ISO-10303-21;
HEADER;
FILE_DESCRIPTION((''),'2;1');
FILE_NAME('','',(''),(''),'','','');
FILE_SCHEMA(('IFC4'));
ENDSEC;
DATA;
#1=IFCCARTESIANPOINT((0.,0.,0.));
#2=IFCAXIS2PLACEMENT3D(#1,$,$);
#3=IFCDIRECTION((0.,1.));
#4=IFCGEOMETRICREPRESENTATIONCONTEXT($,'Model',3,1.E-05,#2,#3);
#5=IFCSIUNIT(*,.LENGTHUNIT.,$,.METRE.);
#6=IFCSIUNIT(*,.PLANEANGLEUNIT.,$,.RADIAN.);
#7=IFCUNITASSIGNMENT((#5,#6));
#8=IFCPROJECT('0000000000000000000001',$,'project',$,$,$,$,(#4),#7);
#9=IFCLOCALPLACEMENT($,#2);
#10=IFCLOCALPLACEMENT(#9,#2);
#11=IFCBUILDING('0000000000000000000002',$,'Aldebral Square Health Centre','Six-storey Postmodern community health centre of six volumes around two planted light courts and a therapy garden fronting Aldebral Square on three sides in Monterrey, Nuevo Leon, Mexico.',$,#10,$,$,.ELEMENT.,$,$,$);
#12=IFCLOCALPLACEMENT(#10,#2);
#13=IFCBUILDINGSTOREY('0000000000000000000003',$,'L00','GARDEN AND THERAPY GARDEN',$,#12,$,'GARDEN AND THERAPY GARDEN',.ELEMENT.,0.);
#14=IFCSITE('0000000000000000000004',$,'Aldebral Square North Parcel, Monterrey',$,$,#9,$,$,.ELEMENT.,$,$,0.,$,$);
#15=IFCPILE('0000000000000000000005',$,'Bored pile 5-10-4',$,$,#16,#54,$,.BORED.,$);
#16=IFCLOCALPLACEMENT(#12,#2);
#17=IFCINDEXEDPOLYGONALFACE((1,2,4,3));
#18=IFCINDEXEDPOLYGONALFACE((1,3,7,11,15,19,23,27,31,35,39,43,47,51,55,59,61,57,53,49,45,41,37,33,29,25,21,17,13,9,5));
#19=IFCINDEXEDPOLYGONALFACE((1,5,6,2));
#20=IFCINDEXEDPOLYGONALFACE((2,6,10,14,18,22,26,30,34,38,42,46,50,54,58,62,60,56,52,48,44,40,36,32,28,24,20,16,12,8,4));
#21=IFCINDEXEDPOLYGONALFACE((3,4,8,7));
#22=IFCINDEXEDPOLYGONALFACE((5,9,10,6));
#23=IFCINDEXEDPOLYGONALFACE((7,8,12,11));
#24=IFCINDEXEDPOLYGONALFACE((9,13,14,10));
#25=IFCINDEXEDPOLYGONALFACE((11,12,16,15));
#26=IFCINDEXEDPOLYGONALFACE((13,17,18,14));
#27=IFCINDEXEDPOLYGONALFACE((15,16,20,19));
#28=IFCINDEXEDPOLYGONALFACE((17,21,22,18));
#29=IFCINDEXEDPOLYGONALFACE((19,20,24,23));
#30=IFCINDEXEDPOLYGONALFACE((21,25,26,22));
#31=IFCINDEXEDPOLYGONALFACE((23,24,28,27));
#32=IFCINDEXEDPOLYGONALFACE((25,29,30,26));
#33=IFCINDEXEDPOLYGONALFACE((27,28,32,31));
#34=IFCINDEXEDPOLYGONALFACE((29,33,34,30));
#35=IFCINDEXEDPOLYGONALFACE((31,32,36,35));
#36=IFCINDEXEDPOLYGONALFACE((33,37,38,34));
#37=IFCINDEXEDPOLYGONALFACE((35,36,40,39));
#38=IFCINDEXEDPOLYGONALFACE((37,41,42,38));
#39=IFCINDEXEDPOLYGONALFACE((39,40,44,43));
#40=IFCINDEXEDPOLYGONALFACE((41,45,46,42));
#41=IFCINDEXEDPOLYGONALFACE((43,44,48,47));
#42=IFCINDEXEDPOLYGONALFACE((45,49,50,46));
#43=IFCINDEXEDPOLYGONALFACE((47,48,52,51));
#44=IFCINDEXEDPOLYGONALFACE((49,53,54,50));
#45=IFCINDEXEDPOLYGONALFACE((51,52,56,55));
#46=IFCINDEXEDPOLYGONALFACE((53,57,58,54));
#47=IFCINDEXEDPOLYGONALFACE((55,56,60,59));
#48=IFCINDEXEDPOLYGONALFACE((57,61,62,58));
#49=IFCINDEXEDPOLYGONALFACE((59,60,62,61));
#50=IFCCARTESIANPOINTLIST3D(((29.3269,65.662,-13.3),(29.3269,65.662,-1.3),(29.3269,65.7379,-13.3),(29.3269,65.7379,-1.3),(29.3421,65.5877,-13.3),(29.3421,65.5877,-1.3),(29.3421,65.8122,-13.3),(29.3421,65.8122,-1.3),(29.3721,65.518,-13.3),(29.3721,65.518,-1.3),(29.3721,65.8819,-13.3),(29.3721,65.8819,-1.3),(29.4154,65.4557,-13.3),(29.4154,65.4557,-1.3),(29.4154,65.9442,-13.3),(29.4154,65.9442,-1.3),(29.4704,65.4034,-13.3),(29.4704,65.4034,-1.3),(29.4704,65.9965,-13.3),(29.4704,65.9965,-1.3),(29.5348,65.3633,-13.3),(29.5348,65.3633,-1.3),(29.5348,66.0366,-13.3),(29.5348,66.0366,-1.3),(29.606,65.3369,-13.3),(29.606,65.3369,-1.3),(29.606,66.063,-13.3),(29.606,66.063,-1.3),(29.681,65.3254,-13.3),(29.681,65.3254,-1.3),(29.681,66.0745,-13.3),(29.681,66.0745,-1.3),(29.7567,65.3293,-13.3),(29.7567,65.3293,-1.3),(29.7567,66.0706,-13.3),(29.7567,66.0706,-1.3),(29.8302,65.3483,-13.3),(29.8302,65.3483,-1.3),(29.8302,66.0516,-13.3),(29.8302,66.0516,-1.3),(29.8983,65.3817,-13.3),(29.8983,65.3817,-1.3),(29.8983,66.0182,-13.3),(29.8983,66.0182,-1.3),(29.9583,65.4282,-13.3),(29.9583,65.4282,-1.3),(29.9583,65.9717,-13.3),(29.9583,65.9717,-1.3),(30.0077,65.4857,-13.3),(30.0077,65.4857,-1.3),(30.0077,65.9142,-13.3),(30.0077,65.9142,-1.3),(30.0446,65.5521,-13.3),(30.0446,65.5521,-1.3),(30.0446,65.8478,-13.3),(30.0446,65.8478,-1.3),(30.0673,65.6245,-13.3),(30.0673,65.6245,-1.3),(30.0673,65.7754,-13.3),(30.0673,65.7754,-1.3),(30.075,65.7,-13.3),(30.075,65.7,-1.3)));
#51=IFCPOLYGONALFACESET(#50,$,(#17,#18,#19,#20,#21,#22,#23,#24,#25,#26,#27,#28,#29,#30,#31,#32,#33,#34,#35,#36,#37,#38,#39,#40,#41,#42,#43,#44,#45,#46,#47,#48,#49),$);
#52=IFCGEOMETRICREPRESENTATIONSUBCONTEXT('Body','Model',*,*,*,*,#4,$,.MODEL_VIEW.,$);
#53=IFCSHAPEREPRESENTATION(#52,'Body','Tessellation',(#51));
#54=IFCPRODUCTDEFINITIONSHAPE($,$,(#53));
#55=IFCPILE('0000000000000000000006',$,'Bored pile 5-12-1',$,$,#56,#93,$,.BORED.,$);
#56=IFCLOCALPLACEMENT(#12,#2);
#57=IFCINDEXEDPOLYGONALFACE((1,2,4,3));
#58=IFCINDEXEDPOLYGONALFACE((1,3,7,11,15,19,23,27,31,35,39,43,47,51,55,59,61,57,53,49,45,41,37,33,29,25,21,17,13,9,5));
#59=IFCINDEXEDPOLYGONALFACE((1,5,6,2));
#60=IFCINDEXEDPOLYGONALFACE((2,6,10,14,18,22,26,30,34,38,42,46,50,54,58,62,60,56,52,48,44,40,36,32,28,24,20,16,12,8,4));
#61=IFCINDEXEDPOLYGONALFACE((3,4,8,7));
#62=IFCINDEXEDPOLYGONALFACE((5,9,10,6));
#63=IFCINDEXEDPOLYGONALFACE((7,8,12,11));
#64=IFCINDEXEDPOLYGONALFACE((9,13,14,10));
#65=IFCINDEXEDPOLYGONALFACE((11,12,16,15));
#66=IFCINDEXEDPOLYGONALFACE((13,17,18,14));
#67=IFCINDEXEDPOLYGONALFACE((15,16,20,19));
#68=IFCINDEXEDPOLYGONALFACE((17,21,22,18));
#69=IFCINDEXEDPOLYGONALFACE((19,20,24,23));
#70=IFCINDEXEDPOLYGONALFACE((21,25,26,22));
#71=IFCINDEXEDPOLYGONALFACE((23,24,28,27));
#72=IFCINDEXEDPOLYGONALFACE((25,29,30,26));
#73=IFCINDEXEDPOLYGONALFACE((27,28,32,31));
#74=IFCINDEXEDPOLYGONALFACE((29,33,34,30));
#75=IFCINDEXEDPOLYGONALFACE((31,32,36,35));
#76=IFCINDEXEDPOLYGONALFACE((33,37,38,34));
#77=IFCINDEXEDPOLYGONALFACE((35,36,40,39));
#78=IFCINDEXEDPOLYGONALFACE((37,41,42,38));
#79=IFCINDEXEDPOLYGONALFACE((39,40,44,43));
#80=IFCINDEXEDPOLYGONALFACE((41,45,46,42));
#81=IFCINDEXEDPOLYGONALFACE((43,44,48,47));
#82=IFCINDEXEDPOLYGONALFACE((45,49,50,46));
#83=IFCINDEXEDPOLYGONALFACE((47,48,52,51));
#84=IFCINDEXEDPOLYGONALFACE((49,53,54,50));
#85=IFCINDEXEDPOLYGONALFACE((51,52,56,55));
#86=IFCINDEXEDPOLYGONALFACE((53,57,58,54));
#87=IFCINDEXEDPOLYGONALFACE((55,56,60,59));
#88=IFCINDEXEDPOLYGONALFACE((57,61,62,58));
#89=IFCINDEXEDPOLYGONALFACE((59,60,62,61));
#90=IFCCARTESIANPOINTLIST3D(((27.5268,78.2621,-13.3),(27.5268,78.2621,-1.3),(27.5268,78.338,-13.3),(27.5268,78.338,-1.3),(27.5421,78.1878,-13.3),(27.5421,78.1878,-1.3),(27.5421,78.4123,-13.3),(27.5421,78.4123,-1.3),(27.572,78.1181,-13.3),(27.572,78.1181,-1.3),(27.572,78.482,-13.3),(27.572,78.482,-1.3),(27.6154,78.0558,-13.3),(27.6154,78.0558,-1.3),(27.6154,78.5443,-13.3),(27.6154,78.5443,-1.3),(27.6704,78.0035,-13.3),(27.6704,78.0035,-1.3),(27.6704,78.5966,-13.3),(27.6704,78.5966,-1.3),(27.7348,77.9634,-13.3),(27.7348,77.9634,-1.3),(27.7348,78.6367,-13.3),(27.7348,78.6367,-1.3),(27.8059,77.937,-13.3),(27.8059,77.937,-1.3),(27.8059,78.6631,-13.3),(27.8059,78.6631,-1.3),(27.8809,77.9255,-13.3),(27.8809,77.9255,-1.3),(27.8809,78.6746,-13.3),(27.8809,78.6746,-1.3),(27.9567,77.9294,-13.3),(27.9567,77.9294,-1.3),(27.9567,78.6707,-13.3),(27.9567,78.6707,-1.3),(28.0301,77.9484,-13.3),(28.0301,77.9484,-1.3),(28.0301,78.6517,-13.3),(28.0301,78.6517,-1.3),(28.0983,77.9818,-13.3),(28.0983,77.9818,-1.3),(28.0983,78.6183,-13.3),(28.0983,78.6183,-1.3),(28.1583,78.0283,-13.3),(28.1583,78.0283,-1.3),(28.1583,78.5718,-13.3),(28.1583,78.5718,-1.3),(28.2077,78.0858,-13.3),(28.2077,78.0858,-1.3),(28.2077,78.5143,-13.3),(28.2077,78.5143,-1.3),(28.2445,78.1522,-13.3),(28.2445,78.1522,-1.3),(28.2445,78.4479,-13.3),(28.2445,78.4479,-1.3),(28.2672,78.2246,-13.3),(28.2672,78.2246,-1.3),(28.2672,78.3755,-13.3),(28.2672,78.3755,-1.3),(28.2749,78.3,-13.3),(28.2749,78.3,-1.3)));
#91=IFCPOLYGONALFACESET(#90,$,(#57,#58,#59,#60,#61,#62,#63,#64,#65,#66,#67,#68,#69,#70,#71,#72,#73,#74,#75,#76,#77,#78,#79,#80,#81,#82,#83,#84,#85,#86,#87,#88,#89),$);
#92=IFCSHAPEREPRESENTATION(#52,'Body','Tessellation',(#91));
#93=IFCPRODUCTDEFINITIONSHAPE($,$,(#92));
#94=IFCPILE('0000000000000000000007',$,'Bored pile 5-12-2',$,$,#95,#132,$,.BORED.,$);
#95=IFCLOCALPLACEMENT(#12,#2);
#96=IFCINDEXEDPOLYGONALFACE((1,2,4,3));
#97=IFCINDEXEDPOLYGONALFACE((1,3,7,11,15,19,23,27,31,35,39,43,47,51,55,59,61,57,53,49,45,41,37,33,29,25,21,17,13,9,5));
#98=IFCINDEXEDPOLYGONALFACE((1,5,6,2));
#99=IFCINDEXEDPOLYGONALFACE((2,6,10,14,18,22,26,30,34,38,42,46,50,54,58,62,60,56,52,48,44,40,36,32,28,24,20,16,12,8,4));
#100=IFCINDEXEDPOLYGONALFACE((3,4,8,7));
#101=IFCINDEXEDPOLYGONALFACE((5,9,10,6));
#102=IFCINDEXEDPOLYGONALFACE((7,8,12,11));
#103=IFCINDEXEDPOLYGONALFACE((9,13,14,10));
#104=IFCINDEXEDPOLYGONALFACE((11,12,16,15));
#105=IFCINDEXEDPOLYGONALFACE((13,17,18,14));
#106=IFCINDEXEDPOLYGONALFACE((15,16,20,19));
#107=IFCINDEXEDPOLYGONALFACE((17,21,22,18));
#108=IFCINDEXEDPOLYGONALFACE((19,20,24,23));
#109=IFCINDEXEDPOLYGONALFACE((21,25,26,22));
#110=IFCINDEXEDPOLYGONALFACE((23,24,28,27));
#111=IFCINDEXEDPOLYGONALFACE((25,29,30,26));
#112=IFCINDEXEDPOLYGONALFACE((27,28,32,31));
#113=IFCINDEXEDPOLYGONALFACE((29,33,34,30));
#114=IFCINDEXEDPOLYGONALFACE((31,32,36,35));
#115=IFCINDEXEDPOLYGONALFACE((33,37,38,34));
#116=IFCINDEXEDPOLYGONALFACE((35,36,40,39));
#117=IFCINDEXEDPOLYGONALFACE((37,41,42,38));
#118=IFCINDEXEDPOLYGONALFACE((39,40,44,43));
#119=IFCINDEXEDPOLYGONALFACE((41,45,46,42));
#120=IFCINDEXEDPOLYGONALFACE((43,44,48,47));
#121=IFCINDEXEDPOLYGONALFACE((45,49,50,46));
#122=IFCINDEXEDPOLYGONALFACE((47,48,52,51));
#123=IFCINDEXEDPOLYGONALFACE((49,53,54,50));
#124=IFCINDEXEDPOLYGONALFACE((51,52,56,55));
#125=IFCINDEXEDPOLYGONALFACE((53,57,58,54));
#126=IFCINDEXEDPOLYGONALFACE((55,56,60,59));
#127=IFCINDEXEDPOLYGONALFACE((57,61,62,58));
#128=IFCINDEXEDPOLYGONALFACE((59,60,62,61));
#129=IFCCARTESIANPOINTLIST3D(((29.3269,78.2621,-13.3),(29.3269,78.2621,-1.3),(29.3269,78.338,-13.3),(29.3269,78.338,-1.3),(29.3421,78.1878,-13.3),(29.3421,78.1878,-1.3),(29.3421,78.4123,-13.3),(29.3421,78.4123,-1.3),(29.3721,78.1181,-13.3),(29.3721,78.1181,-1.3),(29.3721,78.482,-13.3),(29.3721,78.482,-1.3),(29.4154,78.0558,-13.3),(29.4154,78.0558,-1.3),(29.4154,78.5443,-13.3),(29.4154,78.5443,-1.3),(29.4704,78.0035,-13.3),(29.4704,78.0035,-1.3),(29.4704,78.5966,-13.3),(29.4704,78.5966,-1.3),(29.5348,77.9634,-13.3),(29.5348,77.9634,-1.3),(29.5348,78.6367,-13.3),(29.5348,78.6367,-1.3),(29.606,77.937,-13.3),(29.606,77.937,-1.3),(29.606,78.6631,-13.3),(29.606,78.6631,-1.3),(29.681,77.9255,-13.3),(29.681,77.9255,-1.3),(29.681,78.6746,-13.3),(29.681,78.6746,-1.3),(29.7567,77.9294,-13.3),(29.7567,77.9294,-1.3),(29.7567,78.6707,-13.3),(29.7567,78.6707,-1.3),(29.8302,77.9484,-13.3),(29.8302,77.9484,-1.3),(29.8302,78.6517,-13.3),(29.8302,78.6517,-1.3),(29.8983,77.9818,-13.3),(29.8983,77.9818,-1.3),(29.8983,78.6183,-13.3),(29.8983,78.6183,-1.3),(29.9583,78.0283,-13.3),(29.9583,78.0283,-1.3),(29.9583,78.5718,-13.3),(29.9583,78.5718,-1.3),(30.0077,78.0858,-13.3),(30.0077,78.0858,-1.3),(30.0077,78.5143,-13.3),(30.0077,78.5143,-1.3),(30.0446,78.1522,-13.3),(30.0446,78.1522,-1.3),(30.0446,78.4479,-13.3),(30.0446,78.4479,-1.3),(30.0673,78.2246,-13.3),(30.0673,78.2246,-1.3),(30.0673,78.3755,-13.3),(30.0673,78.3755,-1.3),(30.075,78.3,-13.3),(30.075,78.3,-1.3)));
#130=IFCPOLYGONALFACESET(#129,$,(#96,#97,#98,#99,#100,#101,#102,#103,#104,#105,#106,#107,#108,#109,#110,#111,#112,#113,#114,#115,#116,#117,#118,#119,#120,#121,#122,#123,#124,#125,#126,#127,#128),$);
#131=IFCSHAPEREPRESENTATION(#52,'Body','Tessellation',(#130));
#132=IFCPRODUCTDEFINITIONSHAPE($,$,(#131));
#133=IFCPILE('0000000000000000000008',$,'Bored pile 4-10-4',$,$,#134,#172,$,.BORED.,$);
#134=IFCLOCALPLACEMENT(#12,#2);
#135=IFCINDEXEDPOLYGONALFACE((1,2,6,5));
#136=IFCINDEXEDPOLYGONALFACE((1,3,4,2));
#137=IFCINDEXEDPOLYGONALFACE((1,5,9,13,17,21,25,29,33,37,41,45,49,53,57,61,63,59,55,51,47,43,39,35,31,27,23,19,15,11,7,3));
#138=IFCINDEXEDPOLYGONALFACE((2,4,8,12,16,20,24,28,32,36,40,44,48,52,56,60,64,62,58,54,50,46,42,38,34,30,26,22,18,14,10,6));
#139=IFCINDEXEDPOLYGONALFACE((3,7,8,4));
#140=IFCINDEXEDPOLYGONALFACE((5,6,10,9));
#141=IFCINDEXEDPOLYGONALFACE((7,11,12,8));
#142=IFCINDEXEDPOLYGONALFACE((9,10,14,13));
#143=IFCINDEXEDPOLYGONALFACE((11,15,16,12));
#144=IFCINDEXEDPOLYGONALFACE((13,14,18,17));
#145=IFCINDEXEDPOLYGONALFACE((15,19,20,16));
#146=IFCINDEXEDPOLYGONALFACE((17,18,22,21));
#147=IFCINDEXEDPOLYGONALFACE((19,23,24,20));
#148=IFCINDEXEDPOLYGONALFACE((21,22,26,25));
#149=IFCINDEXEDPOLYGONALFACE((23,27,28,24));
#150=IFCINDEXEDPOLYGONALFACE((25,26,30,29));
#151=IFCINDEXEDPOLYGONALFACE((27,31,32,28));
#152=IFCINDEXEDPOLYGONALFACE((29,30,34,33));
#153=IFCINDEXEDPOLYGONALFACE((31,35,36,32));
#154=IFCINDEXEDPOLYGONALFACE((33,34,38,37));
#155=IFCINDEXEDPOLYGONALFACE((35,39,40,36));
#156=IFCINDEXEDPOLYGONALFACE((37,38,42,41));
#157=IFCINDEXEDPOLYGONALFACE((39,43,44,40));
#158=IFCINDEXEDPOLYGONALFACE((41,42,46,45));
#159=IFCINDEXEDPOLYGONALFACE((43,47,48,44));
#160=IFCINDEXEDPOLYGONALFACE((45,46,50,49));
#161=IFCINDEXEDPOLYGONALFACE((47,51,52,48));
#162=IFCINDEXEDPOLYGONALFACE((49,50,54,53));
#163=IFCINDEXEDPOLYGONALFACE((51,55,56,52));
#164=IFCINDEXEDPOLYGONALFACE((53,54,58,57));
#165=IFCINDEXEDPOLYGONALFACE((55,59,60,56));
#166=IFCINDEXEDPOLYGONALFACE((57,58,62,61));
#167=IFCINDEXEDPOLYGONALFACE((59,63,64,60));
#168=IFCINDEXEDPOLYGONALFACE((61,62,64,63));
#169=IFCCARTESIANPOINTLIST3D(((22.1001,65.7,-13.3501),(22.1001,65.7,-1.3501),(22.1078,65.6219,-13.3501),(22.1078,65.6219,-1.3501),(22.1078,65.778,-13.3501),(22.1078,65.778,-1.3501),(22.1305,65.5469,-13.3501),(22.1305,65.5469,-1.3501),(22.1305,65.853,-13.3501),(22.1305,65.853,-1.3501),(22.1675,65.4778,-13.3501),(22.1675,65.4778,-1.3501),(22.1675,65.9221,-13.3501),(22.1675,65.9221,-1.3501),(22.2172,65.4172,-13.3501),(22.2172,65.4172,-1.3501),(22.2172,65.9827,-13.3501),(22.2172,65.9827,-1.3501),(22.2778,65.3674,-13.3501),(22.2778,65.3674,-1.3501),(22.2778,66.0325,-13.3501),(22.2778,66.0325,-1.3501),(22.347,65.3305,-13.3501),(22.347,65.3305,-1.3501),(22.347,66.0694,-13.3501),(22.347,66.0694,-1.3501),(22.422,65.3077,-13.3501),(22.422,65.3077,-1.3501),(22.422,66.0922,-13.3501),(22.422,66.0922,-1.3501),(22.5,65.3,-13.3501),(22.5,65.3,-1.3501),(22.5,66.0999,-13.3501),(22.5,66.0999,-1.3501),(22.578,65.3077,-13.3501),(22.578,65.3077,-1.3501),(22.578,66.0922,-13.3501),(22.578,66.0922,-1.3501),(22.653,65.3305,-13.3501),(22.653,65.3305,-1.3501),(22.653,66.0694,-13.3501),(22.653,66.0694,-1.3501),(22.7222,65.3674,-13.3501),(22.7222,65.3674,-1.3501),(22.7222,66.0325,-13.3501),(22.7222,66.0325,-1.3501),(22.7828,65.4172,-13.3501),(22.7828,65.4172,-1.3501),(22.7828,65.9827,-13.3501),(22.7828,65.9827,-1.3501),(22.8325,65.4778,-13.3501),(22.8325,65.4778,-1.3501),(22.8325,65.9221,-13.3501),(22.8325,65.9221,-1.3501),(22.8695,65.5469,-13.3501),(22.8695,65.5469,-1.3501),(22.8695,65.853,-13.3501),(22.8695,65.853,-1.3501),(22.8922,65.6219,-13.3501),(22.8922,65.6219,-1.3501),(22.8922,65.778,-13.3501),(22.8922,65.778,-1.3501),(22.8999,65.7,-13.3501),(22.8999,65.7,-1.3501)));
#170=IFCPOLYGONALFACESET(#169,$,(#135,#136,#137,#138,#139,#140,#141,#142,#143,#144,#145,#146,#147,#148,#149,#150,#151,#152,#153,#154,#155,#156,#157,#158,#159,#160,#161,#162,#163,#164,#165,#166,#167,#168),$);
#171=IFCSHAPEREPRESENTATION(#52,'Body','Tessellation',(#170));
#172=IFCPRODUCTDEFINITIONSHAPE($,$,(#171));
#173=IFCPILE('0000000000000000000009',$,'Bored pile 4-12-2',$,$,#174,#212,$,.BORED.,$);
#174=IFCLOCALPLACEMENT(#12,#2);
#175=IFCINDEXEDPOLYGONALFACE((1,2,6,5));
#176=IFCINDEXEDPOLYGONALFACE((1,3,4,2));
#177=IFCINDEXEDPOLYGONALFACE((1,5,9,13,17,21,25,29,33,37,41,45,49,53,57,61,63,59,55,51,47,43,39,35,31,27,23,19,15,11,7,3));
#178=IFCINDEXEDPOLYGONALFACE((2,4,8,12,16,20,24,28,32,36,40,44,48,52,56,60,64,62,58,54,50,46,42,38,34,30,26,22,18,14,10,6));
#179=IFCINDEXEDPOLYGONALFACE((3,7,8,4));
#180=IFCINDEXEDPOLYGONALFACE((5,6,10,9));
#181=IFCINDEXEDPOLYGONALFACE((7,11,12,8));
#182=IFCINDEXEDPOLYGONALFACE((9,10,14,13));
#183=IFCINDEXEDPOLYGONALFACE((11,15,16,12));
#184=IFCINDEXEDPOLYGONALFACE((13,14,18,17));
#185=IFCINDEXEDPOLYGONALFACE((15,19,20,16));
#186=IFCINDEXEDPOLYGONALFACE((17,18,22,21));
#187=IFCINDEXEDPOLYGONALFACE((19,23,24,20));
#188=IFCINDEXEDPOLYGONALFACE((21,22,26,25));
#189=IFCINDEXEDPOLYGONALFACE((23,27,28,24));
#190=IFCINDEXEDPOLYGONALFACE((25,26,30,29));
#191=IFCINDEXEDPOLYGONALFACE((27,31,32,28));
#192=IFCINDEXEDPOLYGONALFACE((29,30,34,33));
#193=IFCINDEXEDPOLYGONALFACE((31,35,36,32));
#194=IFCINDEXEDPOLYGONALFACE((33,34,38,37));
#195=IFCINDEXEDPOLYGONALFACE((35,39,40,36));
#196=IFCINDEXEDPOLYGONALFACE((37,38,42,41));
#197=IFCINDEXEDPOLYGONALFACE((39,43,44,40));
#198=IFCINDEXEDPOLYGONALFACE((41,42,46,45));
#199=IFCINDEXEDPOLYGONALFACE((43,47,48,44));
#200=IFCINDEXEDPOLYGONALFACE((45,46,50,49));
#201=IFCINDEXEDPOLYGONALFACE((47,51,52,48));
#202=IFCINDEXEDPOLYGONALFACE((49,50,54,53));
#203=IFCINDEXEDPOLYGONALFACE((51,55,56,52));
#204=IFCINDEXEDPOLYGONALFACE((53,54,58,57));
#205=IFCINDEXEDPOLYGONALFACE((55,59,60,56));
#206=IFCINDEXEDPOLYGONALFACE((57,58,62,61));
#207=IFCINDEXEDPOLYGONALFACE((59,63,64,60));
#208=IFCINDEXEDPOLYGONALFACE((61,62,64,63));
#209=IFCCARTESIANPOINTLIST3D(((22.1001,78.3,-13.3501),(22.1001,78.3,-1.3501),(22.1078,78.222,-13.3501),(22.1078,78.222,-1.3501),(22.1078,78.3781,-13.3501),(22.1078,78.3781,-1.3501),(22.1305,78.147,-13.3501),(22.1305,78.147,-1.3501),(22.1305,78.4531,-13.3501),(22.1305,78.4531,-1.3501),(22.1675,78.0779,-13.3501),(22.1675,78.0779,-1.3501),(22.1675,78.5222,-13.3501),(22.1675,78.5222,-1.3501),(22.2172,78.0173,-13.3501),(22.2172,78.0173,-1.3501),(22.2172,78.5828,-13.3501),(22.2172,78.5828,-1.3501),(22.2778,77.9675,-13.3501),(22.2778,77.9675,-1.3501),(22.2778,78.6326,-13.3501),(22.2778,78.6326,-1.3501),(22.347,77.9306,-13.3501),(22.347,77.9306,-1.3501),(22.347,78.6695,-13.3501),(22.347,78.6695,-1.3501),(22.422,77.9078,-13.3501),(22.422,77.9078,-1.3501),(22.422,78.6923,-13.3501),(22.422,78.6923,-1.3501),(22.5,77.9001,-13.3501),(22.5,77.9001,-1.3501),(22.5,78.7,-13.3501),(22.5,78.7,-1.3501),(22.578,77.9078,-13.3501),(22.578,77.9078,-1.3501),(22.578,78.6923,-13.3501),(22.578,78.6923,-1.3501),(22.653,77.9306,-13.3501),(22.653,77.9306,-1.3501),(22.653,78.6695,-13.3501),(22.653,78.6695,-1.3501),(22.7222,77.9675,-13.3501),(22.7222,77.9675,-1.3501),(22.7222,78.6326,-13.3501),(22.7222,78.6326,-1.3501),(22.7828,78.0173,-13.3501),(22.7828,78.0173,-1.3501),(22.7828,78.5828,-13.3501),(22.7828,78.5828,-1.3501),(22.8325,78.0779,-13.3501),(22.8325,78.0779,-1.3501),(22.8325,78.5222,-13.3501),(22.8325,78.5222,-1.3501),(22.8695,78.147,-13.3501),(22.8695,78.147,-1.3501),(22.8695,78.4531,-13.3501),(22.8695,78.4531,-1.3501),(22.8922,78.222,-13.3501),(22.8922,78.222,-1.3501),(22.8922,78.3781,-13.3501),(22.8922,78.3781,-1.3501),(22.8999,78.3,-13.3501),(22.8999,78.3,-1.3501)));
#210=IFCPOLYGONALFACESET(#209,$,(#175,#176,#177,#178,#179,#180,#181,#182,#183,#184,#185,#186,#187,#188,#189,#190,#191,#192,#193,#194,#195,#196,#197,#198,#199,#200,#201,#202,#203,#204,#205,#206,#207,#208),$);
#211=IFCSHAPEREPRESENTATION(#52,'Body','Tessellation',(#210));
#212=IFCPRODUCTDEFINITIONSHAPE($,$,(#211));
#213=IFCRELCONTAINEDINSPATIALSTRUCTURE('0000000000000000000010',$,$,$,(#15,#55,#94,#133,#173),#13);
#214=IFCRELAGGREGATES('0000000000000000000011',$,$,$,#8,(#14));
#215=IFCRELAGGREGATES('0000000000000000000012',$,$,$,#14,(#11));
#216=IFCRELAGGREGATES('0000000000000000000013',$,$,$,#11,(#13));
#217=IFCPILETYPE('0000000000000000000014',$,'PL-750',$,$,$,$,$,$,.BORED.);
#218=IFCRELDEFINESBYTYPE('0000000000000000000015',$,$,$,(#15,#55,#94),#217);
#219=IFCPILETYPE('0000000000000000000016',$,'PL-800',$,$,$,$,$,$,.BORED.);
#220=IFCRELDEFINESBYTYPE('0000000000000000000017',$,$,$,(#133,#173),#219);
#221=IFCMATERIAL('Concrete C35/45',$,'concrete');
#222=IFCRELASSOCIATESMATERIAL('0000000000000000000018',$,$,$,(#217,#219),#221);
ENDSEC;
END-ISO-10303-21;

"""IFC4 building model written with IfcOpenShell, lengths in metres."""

from ifc_helpers import new_model, si_unit, direction, frame, origin, origin_2d, place, context, subcontext, project, spatial, circle, extrude, material, material_profile, profile_set, type_object, element, save


model = new_model("IFC4")

# Units and contexts
model_context = context("Model", 3, precision=1e-05, world=origin(), true_north=direction((0.0, 1.0)))
body_context = subcontext(model_context, "Body", "Model", "MODEL_VIEW")
ifc_project = project(units=[si_unit("LENGTHUNIT", "METRE"), si_unit("PLANEANGLEUNIT", "RADIAN")], contexts=[model_context])

# Site, building, storey
site_placement = place(None, origin())
site = spatial("IfcSite", under=ifc_project, at=site_placement, Name="Aldebral Square North Parcel, Monterrey", CompositionType="ELEMENT", RefElevation=0.0)
building_placement = place(site_placement, origin())
building = spatial("IfcBuilding", under=site, at=building_placement, Name="Aldebral Square Health Centre", Description="Six-storey Postmodern community health centre of six volumes around two planted light courts and a therapy garden fronting Aldebral Square on three sides in Monterrey, Nuevo Leon, Mexico.", CompositionType="ELEMENT")
storey_placement = place(building_placement, origin())
storey = spatial("IfcBuildingStorey", under=building, at=storey_placement, Name="L00", Description="GARDEN AND THERAPY GARDEN", LongName="GARDEN AND THERAPY GARDEN", CompositionType="ELEMENT", Elevation=0.0)

# Shared definitions
ifc_material_1 = material(Name="Concrete C35/45", Category="concrete")

# Piles
ifc_material_profile_1 = material_profile(ifc_material_1, circle(Radius=0.375, at=origin_2d()), Name="PILE D750")
ifc_profile_set_1 = profile_set([ifc_material_profile_1], Name="Concrete C35/45")
pile_type_1 = type_object("IfcPileType", Name="PL-750", PredefinedType="BORED", material=ifc_profile_set_1)
for number, where, z_axis, x_axis, name in (
    (1, (29.7, 65.7, -1.3), (0.0, 0.0, -1.0), (1.0, 0.0, 0.0), "Bored pile 5-10-4"),
    (2, (27.8999, 78.3, -1.3), (0.0, 0.0, -1.0), (1.0, 0.0, 0.0), "Bored pile 5-12-1"),
    (3, (29.7, 78.3, -1.3), (0.0, 0.0, -1.0), (1.0, 0.0, 0.0), "Bored pile 5-12-2"),
):
    element("IfcPile", number, at=place(storey_placement, frame(where, z_axis=z_axis, x_axis=x_axis)), inside=storey, type_object=pile_type_1, Name=name, PredefinedType="BORED", context=body_context, shape_type="SweptSolid", body=[
        extrude(circle(Radius=0.375, at=origin_2d()), origin(), (0.0, 0.0, 1.0), 12.0),
    ])
ifc_material_profile_2 = material_profile(ifc_material_1, circle(Radius=0.3999, at=origin_2d()), Name="PILE D800")
ifc_profile_set_2 = profile_set([ifc_material_profile_2], Name="Concrete C35/45")
pile_type_2 = type_object("IfcPileType", Name="PL-800", PredefinedType="BORED", material=ifc_profile_set_2)
for number, where, z_axis, x_axis, name in (
    (4, (22.5, 65.7, -1.3501), (0.0, 0.0, -1.0), (1.0, 0.0, 0.0), "Bored pile 4-10-4"),
    (5, (22.5, 78.3, -1.3501), (0.0, 0.0, -1.0), (1.0, 0.0, 0.0), "Bored pile 4-12-2"),
):
    element("IfcPile", number, at=place(storey_placement, frame(where, z_axis=z_axis, x_axis=x_axis)), inside=storey, type_object=pile_type_2, Name=name, PredefinedType="BORED", context=body_context, shape_type="SweptSolid", body=[
        extrude(circle(Radius=0.3999, at=origin_2d()), origin(), (0.0, 0.0, 1.0), 12.0),
    ])

save(model, "model.ifc")
